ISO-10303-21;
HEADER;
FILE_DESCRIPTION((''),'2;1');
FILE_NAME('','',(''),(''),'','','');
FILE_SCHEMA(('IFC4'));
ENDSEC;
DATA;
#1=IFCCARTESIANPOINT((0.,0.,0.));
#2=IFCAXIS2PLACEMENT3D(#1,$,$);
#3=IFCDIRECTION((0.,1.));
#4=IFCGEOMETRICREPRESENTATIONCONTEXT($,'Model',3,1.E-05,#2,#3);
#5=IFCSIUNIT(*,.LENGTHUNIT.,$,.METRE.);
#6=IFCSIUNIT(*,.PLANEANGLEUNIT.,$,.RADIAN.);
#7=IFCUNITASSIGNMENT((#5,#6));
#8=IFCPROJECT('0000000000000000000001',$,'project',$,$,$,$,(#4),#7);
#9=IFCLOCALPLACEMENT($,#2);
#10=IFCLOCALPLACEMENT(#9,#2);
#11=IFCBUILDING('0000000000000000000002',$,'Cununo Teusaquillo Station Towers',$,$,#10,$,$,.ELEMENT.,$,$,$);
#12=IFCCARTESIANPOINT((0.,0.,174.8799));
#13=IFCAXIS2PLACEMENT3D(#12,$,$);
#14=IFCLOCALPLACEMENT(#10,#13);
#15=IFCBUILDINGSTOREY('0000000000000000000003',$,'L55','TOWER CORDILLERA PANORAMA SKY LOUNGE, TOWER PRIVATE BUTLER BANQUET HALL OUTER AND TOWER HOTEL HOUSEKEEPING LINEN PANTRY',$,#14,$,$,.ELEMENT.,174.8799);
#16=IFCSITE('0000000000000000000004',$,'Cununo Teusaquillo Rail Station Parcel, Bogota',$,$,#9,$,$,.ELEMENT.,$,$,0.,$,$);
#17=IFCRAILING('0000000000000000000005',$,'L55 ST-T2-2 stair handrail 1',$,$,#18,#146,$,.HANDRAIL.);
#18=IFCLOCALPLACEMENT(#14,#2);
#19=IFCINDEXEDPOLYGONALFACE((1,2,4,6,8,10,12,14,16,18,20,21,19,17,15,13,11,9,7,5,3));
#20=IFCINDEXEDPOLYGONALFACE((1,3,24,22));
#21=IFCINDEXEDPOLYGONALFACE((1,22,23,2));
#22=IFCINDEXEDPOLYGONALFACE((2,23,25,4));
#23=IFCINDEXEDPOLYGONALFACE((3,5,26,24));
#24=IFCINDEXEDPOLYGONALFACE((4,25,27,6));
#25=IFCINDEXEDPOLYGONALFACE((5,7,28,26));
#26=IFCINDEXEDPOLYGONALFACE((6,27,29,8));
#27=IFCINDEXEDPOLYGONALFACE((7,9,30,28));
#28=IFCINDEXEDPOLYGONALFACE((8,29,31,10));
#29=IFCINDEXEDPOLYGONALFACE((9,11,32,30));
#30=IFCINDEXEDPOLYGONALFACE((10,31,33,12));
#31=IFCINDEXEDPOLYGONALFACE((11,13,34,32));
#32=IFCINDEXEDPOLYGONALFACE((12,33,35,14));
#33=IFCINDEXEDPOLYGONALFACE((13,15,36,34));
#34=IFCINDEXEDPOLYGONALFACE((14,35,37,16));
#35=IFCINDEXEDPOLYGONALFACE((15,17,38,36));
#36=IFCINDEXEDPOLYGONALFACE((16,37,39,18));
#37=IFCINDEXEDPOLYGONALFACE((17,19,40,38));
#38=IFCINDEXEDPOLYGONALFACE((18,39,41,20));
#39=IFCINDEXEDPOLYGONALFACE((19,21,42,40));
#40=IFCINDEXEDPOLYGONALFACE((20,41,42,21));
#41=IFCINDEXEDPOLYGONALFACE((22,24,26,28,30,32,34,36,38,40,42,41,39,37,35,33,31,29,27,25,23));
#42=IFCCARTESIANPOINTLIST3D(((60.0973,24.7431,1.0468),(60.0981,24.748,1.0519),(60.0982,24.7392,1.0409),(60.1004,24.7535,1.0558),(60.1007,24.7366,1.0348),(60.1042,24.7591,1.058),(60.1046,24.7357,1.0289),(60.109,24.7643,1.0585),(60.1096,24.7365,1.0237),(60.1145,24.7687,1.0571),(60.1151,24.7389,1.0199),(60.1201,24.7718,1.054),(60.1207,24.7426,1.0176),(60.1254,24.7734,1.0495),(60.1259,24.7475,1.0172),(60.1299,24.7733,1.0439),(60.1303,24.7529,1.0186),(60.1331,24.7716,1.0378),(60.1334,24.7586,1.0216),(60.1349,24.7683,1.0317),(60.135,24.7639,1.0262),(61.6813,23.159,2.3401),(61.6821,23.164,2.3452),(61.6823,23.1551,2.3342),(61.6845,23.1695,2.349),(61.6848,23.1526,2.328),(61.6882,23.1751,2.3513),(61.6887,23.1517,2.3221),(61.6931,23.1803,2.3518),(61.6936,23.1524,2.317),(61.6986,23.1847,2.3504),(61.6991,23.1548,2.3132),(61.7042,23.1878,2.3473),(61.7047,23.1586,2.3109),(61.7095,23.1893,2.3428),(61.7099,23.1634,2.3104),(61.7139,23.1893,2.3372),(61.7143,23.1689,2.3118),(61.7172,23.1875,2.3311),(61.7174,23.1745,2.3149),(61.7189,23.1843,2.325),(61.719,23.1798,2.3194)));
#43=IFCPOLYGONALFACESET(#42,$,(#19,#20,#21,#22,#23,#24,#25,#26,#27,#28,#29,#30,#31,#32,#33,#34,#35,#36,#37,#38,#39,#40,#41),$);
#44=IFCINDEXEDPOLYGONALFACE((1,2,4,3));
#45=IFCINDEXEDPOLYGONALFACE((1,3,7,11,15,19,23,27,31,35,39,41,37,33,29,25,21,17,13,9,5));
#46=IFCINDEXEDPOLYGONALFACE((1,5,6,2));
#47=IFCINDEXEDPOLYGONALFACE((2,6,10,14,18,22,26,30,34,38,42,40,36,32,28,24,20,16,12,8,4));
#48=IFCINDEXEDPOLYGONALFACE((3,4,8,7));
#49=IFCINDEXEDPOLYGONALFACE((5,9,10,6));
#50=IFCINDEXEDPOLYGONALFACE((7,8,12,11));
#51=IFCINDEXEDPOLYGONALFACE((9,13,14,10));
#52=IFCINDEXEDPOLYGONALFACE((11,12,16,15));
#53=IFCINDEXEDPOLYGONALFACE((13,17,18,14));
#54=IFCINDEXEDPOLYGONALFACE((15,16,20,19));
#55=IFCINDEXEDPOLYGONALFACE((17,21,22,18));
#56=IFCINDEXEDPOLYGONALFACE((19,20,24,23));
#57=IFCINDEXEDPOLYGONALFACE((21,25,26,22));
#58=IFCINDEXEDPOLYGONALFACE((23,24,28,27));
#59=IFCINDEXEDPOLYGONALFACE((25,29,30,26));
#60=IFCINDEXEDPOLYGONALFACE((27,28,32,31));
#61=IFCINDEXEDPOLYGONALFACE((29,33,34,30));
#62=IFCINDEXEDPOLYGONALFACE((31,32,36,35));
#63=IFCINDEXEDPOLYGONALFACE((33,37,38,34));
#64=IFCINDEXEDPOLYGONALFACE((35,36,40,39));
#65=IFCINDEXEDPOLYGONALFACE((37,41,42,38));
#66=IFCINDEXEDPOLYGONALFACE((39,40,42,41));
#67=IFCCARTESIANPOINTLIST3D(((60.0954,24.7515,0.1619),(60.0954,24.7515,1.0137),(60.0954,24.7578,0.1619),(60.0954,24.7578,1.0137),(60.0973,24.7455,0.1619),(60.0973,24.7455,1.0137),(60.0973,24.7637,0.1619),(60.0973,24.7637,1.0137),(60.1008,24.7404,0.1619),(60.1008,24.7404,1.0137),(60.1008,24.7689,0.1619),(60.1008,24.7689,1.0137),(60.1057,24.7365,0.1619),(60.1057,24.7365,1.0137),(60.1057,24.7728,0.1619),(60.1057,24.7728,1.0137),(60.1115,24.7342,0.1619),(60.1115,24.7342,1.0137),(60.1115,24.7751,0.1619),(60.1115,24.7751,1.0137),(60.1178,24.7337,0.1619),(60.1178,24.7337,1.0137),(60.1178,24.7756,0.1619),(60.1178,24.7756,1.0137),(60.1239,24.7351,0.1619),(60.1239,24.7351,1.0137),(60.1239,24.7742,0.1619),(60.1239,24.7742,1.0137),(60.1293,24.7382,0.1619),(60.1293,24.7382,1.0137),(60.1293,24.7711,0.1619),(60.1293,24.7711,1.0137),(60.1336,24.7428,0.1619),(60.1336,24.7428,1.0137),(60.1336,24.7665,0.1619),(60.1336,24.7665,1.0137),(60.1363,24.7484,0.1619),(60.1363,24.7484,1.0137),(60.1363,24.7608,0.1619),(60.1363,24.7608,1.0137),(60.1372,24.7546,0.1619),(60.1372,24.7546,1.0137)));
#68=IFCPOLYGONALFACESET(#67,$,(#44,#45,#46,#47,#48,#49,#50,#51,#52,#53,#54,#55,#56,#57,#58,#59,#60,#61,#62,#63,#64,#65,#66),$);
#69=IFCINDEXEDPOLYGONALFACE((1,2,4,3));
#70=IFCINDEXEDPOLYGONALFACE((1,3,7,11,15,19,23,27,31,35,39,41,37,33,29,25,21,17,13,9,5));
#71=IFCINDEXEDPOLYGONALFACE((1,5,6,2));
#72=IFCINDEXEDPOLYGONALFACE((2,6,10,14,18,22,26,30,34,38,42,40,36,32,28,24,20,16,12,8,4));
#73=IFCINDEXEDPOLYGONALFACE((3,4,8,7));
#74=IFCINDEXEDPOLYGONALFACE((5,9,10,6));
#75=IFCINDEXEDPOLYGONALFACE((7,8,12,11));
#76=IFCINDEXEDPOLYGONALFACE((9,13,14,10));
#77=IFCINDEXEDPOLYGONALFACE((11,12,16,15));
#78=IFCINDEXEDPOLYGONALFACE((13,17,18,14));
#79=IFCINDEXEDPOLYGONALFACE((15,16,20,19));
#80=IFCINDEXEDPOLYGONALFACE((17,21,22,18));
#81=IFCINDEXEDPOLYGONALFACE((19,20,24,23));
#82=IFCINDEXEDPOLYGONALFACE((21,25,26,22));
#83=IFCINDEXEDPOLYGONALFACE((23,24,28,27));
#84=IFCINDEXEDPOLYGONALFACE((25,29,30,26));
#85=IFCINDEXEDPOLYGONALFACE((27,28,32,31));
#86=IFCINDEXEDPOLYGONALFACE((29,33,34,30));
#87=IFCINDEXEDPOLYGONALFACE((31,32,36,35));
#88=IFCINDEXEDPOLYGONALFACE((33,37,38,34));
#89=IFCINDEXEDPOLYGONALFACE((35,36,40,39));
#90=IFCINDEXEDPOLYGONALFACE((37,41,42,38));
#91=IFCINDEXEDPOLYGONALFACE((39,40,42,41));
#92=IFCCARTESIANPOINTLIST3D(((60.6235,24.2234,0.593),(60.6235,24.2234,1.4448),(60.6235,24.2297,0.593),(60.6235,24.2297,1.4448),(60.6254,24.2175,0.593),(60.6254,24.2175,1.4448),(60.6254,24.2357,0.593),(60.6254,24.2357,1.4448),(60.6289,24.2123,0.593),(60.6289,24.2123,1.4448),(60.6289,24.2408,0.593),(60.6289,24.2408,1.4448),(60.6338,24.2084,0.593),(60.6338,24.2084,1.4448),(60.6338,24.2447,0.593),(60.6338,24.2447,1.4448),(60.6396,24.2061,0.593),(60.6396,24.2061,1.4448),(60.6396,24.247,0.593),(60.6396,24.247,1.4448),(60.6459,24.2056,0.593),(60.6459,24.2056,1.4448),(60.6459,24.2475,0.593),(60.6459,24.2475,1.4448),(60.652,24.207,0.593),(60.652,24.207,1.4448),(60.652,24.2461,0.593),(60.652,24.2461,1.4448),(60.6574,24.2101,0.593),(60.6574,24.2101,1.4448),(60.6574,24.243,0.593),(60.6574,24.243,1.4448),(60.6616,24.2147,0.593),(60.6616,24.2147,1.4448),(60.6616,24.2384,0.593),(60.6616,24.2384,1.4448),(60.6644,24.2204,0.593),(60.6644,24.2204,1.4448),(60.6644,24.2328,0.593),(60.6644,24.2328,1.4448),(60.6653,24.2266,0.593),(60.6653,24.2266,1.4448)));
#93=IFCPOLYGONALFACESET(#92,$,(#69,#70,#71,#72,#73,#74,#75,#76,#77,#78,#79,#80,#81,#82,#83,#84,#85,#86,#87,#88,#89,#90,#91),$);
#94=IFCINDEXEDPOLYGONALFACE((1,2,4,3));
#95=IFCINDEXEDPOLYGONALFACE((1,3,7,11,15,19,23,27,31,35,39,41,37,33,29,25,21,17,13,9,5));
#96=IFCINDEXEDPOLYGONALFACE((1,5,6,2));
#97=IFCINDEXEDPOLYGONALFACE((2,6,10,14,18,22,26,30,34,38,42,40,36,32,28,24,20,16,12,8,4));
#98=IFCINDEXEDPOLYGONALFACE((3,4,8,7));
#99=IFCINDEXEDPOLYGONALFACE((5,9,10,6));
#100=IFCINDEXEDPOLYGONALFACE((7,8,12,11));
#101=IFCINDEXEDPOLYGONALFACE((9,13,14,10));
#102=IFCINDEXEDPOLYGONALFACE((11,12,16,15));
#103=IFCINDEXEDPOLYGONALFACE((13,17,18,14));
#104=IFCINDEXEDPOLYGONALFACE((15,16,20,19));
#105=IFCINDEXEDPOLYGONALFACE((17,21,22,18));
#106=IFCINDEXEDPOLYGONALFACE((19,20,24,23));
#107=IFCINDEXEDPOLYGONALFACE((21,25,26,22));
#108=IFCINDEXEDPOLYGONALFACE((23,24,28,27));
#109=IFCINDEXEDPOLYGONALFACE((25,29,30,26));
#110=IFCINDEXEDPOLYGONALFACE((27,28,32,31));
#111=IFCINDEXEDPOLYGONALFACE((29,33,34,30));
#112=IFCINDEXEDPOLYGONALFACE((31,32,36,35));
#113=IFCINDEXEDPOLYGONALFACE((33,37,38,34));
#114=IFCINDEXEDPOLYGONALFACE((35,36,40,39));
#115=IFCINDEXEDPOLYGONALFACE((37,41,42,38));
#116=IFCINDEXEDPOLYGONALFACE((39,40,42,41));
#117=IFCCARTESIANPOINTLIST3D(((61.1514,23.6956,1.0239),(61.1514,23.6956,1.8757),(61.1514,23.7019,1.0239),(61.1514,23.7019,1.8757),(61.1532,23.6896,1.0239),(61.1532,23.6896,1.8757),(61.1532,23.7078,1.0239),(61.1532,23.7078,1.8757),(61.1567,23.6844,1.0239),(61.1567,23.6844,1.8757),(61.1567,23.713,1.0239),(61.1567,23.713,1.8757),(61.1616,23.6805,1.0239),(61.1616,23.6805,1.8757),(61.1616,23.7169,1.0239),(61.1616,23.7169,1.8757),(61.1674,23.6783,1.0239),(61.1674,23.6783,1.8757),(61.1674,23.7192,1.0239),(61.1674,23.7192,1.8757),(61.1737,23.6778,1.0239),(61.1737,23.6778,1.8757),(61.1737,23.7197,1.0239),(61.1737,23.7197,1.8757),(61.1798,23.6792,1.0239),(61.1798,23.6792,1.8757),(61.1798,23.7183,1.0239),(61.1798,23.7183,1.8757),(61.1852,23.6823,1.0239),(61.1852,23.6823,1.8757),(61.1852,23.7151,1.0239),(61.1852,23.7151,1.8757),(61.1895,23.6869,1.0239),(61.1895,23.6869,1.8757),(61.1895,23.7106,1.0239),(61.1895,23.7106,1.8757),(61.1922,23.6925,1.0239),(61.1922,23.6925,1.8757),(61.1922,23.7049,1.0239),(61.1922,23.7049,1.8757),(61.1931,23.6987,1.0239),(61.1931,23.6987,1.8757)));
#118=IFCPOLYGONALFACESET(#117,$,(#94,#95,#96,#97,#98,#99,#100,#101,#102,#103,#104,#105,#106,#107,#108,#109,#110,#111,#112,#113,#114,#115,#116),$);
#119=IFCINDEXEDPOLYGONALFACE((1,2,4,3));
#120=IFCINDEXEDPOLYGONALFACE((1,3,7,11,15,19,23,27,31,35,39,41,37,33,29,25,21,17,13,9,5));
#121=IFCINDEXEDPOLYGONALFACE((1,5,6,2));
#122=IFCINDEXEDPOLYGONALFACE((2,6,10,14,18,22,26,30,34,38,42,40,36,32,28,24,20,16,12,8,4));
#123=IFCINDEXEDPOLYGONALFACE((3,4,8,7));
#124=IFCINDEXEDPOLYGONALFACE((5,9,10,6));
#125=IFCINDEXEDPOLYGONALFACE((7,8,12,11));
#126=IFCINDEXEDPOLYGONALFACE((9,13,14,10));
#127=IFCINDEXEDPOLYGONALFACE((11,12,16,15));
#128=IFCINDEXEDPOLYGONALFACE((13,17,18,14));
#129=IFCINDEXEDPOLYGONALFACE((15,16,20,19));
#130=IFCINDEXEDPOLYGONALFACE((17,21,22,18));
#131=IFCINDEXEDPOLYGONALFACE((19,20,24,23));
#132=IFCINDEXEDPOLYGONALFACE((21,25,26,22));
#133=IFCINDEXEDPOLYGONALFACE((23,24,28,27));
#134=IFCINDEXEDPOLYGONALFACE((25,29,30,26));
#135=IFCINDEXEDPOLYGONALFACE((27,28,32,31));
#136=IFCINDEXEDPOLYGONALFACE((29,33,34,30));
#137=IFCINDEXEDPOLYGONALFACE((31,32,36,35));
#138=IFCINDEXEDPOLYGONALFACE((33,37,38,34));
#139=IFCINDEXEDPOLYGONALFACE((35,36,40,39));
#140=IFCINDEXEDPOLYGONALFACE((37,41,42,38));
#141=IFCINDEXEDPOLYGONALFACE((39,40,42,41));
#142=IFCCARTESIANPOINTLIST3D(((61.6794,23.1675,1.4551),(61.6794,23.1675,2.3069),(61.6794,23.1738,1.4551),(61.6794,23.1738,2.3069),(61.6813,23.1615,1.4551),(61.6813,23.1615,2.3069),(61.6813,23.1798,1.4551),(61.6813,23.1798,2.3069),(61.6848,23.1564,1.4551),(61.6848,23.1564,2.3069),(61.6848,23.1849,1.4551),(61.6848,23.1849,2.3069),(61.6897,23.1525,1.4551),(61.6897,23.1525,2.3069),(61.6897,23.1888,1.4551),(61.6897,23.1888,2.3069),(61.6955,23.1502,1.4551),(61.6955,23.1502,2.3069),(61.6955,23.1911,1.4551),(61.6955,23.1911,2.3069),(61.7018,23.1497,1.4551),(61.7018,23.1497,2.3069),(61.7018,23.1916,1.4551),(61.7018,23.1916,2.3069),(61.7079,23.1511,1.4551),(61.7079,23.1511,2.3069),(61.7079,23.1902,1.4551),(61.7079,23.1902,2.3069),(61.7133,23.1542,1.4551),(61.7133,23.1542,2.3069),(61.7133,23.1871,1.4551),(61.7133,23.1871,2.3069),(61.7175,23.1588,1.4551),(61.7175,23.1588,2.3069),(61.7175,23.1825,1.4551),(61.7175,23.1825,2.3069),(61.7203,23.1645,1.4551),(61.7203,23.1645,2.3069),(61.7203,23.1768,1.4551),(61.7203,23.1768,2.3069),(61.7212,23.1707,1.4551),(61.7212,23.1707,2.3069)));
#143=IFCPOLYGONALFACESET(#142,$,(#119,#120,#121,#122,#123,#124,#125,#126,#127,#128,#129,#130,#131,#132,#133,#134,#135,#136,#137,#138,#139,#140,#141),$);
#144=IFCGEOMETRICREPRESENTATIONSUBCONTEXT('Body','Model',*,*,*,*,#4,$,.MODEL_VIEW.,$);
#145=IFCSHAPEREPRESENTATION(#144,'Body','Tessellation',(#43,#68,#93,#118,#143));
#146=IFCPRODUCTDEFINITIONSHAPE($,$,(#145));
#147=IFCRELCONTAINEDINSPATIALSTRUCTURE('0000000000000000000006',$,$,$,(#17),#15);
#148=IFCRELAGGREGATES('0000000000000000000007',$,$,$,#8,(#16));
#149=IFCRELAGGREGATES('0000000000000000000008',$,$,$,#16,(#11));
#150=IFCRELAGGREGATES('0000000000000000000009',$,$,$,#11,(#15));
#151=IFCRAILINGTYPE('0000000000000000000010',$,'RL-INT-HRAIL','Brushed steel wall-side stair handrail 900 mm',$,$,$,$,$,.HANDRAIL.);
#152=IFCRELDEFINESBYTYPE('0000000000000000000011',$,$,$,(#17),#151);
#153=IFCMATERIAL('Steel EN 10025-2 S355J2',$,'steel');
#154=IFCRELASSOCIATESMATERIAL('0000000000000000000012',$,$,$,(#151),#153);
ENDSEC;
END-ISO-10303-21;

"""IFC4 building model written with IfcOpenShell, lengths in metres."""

from ifc_helpers import new_model, si_unit, direction, frame, origin, origin_2d, place, context, subcontext, project, spatial, circle, extrude, material, type_object, element, save


model = new_model("IFC4")

# Units and contexts
model_context = context("Model", 3, precision=1e-05, world=origin(), true_north=direction((0.0, 1.0)))
body_context = subcontext(model_context, "Body", "Model", "MODEL_VIEW")
ifc_project = project(units=[si_unit("LENGTHUNIT", "METRE"), si_unit("PLANEANGLEUNIT", "RADIAN")], contexts=[model_context])

# Site, building, storey
site_placement = place(None, origin())
site = spatial("IfcSite", under=ifc_project, at=site_placement, Name="Cununo Teusaquillo Rail Station Parcel, Bogota", CompositionType="ELEMENT", RefElevation=0.0)
building_placement = place(site_placement, origin())
building = spatial("IfcBuilding", under=site, at=building_placement, Name="Cununo Teusaquillo Station Towers", CompositionType="ELEMENT")
storey_placement = place(building_placement, frame((0.0, 0.0, 174.8799)))
storey = spatial("IfcBuildingStorey", under=building, at=storey_placement, Name="L55", Description="TOWER CORDILLERA PANORAMA SKY LOUNGE, TOWER PRIVATE BUTLER BANQUET HALL OUTER AND TOWER HOTEL HOUSEKEEPING LINEN PANTRY", CompositionType="ELEMENT", Elevation=174.8799)

# Railing
ifc_material_1 = material(Name="Steel EN 10025-2 S355J2", Category="steel")
railing_type_1 = type_object("IfcRailingType", Name="RL-INT-HRAIL", Description="Brushed steel wall-side stair handrail 900 mm", PredefinedType="HANDRAIL", material=ifc_material_1)
railing_1_placement = place(storey_placement, frame((60.1162, 24.7546, 0.1619)))
element("IfcRailing", 1, at=railing_1_placement, inside=storey, type_object=railing_type_1, Name="L55 ST-T2-2 stair handrail 1", PredefinedType="HANDRAIL", context=body_context, shape_type="SweptSolid", body=[
    extrude(circle(Radius=0.0239, at=origin_2d()), frame((0.0, 0.0, 0.876), z_axis=(0.612385, -0.612385, 0.49997), x_axis=(0.707107, 0.707107, 0.0)), (0.0, 0.0, 1.0), 2.5867),
    extrude(circle(Radius=0.021, at=origin_2d()), origin(), (0.0, 0.0, 1.0), 0.8518),
    extrude(circle(Radius=0.021, at=origin_2d()), frame((0.5281, -0.5281, 0.4312)), (0.0, 0.0, 1.0), 0.8518),
    extrude(circle(Radius=0.021, at=origin_2d()), frame((1.0559, -1.0559, 0.8621)), (0.0, 0.0, 1.0), 0.8518),
    extrude(circle(Radius=0.021, at=origin_2d()), frame((1.584, -1.584, 1.2932)), (0.0, 0.0, 1.0), 0.8518),
])

save(model, "model.ifc")
